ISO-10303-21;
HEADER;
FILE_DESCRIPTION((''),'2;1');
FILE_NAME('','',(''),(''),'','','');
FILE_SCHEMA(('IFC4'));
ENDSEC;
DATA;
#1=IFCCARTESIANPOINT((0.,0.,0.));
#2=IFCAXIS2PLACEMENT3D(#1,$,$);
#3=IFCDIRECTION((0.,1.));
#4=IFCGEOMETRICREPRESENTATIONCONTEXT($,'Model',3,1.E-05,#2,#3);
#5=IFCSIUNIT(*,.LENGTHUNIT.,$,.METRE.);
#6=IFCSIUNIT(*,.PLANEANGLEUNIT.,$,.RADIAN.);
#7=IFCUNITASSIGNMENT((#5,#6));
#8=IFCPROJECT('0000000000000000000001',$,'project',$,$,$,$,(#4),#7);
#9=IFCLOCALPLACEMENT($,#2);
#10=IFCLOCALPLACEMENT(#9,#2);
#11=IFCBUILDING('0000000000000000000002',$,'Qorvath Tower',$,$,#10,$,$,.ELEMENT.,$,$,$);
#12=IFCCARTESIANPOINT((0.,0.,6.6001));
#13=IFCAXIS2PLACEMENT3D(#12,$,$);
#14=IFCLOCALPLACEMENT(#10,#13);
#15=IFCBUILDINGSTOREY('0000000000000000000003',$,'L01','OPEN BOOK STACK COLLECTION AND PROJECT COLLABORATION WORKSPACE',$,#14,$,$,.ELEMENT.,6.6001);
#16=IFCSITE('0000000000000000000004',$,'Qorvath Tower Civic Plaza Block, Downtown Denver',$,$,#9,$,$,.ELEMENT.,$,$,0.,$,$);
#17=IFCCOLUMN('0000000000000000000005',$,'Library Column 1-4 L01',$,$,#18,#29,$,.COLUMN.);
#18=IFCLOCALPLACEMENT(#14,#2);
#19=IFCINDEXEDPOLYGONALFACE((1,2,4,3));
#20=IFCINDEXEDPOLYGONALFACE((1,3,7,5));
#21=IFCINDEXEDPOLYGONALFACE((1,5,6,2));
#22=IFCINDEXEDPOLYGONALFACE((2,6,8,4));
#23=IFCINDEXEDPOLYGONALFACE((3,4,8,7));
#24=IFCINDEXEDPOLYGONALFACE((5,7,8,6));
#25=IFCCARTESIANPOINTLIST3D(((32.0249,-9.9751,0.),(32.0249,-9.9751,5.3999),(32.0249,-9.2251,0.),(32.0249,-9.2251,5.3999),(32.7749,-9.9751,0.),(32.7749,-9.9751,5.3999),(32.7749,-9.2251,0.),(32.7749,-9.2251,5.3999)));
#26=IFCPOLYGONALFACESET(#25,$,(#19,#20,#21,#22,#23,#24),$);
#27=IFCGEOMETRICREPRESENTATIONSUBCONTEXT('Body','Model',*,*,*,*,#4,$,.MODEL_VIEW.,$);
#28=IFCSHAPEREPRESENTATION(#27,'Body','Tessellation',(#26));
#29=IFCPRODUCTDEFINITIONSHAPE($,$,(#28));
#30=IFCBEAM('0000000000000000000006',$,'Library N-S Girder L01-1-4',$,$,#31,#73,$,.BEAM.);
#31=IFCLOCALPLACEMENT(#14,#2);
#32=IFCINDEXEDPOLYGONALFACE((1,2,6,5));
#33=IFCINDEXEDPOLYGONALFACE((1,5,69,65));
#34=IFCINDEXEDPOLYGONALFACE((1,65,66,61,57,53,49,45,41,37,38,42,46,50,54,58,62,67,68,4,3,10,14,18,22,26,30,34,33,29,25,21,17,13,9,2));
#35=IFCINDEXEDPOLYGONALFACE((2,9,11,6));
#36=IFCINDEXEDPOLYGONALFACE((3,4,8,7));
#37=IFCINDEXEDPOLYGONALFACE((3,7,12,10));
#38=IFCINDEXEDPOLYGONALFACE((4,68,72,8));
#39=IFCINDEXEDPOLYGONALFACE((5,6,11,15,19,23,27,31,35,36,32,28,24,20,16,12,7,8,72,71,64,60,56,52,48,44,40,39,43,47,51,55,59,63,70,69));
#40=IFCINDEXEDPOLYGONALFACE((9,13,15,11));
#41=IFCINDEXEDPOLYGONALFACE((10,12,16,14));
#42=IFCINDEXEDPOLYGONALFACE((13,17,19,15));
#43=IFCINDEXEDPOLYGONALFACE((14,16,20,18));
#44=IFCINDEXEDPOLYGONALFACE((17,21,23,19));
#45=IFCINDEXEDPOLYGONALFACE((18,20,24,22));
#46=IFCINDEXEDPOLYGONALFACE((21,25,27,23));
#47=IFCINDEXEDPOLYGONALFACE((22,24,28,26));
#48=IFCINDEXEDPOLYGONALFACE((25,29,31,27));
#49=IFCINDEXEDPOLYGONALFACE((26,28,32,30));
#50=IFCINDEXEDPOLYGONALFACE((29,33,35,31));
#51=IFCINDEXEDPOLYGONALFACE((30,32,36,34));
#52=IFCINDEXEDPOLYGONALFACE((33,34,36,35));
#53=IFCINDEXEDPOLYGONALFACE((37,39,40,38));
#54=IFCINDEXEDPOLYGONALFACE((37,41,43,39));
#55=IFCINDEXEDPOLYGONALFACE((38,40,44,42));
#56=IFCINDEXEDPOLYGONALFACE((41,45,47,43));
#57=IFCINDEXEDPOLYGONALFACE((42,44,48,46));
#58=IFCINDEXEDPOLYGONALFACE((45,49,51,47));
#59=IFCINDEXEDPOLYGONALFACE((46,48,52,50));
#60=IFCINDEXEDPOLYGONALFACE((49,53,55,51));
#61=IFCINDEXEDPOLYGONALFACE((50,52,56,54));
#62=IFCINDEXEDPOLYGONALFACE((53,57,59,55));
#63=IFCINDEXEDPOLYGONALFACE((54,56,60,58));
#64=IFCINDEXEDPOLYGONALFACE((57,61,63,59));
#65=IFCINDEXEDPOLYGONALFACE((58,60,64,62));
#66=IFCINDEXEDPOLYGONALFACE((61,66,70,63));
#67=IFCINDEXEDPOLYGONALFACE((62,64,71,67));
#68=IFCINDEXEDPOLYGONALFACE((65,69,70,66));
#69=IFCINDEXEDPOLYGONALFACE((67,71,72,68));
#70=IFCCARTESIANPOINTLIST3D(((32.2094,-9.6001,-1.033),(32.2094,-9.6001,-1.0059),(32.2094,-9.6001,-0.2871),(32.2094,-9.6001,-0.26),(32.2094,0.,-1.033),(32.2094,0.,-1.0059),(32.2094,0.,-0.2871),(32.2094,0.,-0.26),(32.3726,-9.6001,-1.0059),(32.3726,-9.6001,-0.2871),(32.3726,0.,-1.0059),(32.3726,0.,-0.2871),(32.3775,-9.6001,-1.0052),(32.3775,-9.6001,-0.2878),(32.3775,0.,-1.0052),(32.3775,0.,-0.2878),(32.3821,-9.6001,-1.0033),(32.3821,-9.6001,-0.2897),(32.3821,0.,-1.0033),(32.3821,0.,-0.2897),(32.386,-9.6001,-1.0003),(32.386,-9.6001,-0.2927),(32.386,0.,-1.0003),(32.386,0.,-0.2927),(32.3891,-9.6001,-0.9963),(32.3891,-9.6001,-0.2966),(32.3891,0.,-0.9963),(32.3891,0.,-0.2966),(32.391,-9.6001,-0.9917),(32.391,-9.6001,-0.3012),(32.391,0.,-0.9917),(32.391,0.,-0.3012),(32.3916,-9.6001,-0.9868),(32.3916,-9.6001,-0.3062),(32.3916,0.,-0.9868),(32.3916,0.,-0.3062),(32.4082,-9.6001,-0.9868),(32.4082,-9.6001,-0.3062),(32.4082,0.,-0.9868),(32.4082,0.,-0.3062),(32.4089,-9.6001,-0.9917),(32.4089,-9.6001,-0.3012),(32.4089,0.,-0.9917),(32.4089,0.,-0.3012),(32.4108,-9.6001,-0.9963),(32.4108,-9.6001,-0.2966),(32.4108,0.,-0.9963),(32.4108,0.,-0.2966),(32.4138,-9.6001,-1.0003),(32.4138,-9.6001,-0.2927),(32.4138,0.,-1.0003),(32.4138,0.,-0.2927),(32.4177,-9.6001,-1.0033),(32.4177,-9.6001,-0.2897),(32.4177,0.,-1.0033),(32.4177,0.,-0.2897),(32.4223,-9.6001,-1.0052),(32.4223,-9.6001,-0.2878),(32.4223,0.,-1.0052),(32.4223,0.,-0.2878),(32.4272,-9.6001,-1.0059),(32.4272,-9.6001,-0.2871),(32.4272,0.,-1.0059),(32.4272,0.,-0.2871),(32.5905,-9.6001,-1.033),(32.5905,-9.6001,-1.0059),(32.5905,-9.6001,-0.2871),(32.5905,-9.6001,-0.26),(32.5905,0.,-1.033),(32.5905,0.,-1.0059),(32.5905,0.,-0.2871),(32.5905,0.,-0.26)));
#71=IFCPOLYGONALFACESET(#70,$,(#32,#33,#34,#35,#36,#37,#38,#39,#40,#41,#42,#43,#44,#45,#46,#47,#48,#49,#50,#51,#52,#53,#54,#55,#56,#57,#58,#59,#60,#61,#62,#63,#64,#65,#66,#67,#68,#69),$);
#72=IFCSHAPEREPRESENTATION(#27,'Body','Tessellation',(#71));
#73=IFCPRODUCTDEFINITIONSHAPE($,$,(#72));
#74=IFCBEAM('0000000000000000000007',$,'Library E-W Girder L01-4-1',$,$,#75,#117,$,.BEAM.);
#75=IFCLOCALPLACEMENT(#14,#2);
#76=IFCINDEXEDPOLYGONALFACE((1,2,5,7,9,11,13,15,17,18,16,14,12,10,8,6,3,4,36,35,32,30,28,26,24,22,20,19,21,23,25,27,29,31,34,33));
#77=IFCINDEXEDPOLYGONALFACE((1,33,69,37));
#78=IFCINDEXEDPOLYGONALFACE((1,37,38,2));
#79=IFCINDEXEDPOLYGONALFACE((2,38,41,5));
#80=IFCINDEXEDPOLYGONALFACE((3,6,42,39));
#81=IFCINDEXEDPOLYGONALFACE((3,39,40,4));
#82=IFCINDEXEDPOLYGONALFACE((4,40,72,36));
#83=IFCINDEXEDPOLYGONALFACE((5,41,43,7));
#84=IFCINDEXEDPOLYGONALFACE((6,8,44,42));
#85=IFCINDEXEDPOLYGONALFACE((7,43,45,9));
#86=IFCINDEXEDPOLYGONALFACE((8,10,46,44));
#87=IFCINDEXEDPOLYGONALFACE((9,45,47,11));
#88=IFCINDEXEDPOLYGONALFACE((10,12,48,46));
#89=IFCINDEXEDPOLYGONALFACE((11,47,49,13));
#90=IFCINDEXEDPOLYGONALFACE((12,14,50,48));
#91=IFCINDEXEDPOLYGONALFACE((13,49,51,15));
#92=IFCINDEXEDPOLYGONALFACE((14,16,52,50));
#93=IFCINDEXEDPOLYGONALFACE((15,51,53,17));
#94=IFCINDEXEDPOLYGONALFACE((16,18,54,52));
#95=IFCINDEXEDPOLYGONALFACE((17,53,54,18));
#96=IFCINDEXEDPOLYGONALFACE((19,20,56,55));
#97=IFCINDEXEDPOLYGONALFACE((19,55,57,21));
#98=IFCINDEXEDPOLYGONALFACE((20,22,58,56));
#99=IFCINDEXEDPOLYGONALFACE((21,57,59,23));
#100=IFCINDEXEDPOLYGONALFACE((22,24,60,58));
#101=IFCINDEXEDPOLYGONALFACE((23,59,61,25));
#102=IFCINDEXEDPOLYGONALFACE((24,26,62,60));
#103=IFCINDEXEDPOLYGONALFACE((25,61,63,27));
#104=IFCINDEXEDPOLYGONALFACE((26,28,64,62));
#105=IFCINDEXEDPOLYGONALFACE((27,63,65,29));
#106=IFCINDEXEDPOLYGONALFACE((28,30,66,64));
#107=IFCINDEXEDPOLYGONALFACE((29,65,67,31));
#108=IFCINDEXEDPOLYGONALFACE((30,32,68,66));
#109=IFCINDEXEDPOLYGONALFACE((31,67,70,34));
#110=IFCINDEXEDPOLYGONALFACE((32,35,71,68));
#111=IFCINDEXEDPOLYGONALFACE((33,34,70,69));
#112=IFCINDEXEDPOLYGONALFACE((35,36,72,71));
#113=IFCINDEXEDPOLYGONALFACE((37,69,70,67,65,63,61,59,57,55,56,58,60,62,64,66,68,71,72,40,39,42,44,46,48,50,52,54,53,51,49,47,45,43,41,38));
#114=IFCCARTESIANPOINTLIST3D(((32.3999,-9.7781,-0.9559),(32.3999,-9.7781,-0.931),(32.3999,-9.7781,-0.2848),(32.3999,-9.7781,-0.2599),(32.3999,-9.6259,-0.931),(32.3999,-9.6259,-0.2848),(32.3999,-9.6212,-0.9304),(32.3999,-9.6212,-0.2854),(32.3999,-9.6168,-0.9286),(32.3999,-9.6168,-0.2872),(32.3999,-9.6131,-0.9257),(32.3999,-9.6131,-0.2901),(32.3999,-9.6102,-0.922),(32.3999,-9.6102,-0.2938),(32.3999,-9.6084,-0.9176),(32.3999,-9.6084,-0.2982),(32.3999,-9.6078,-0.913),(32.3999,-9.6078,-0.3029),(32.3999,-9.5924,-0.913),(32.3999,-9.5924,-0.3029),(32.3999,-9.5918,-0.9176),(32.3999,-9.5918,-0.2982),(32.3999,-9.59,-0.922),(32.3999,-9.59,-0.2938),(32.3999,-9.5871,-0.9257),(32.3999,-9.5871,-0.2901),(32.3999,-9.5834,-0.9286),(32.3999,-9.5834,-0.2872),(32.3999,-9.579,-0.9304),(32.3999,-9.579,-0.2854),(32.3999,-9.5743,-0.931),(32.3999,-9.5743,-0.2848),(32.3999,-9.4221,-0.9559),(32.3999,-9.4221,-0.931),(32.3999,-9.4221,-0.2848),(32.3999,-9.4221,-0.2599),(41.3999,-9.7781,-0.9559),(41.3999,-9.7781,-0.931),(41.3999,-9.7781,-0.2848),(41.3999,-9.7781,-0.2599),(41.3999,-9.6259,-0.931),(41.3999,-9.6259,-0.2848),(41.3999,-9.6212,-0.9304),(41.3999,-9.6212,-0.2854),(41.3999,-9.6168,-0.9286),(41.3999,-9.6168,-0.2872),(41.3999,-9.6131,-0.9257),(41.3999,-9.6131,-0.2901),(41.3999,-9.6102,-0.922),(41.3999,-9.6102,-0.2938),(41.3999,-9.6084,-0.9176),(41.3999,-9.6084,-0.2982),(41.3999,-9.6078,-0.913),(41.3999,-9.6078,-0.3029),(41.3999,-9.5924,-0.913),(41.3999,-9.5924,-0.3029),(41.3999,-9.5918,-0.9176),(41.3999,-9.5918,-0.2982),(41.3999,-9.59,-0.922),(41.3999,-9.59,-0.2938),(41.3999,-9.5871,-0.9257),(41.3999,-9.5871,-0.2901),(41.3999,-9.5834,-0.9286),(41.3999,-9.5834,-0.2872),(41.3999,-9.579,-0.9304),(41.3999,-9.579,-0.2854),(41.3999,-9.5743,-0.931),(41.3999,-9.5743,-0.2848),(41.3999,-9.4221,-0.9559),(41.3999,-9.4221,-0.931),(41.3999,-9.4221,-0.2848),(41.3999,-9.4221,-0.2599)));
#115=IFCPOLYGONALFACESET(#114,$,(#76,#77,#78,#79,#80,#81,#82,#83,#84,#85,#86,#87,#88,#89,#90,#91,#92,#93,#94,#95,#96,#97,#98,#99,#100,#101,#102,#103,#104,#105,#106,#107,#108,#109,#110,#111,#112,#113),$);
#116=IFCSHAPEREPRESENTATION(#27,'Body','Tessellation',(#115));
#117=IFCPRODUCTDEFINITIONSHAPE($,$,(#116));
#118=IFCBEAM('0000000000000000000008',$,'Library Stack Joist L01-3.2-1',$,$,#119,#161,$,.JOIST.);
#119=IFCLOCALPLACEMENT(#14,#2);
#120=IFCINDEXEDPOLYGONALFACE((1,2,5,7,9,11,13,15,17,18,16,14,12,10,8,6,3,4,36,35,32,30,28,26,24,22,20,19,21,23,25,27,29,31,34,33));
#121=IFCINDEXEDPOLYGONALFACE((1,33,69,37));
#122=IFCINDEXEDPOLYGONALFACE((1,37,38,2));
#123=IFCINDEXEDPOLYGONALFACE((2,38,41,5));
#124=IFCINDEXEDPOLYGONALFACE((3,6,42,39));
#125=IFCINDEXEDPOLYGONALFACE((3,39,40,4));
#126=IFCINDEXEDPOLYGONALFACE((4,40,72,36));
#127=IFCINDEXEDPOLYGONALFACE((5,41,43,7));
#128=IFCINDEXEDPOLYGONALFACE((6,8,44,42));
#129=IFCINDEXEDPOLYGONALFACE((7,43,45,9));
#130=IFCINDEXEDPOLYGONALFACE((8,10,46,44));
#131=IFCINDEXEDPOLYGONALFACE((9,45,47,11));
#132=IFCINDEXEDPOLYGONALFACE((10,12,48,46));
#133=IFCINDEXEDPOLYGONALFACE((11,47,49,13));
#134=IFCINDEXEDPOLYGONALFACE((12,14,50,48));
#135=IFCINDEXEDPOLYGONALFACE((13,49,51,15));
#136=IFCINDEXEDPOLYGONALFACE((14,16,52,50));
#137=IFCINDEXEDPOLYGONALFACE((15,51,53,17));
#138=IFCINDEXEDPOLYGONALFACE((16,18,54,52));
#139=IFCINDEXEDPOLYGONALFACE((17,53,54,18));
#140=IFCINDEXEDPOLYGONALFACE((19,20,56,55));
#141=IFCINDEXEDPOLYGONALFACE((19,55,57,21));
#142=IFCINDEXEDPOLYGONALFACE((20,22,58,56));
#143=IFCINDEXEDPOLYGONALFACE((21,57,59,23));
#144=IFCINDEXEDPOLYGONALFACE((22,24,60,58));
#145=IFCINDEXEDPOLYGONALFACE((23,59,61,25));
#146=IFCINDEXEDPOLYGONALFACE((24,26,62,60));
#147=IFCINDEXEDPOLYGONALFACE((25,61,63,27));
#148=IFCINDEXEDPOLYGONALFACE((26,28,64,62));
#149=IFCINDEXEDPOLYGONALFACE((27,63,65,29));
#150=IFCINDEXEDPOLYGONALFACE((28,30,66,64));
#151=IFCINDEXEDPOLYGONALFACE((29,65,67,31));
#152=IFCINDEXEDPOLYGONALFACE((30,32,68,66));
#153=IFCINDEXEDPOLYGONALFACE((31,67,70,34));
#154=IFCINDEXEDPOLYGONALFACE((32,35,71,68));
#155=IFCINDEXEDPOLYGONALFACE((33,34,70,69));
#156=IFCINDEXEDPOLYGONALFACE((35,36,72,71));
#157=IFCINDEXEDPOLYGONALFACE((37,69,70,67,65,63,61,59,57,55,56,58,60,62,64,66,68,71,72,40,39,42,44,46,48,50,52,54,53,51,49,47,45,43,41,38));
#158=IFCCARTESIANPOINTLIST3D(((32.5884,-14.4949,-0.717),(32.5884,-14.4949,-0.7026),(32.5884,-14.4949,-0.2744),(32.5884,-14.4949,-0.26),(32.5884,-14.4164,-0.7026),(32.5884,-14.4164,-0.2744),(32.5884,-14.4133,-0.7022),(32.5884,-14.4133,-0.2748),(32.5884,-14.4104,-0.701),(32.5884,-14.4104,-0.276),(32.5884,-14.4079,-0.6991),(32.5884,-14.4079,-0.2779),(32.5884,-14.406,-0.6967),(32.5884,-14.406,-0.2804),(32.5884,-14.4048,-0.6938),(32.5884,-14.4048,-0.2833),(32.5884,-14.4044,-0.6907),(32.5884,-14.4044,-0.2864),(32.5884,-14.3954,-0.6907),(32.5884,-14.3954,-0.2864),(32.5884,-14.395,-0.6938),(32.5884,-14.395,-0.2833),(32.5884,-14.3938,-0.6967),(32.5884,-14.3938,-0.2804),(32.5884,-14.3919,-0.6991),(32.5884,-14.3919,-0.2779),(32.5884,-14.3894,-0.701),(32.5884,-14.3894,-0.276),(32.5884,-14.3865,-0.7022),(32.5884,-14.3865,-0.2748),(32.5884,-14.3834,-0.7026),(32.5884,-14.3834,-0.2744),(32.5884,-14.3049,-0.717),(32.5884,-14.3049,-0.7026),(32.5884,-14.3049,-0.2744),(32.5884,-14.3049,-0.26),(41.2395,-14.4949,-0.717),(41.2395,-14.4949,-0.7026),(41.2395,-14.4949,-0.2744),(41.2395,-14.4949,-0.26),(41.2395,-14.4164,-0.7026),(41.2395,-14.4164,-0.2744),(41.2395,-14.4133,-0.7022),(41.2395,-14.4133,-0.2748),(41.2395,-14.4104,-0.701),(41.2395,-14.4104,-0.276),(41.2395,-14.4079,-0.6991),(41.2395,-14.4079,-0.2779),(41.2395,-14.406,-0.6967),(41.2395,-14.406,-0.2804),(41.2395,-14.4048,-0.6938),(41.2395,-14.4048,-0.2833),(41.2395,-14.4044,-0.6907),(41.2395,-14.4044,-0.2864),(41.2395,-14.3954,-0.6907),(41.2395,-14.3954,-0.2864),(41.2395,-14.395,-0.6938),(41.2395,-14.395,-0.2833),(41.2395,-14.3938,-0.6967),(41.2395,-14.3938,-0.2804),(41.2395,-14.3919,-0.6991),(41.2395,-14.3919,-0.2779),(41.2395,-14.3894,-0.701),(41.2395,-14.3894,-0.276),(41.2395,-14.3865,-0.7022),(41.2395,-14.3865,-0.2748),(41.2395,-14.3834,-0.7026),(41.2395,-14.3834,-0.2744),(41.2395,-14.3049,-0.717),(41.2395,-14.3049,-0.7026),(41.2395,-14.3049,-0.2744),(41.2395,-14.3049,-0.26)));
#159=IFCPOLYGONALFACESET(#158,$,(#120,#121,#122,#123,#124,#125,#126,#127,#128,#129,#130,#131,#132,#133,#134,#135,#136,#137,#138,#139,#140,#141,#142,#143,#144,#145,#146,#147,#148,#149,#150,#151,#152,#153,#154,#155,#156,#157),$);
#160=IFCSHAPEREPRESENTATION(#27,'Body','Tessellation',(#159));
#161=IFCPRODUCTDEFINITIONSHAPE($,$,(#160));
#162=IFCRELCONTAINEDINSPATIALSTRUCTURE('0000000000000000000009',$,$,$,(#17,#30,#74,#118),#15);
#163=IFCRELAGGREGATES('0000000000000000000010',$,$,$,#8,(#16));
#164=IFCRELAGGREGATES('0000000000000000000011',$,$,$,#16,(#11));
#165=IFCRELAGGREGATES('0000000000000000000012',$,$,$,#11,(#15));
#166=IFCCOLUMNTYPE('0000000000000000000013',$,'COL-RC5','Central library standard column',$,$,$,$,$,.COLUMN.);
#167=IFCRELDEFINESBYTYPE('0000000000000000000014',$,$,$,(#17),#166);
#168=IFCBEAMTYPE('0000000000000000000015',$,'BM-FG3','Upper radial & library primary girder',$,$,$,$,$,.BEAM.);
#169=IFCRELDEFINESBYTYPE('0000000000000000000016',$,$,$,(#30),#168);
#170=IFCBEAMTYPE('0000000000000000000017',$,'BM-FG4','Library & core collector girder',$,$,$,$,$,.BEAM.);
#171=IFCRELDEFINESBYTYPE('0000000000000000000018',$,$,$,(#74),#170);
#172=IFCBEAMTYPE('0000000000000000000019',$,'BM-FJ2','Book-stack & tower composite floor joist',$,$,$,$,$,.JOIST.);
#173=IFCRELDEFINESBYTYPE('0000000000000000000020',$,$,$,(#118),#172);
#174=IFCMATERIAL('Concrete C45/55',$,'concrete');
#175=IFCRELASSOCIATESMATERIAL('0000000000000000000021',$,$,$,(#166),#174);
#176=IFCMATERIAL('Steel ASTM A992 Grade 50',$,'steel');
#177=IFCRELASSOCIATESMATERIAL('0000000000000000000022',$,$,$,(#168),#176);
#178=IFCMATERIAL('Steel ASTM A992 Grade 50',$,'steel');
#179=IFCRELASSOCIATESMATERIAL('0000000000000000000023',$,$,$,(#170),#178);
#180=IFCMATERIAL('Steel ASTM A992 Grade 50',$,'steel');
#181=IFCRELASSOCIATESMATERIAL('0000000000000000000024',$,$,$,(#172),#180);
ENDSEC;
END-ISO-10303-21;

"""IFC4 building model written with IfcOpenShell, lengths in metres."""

from ifc_helpers import new_model, si_unit, direction, frame, origin, origin_2d, place, context, subcontext, project, spatial, rectangle, i_section, extrude, material, material_profile, profile_set, type_object, element, save


model = new_model("IFC4")

# Units and contexts
model_context = context("Model", 3, precision=1e-05, world=origin(), true_north=direction((0.0, 1.0)))
body_context = subcontext(model_context, "Body", "Model", "MODEL_VIEW")
ifc_project = project(units=[si_unit("LENGTHUNIT", "METRE"), si_unit("PLANEANGLEUNIT", "RADIAN")], contexts=[model_context])

# Site, building, storey
site_placement = place(None, origin())
site = spatial("IfcSite", under=ifc_project, at=site_placement, Name="Qorvath Tower Civic Plaza Block, Downtown Denver", CompositionType="ELEMENT", RefElevation=0.0)
building_placement = place(site_placement, origin())
building = spatial("IfcBuilding", under=site, at=building_placement, Name="Qorvath Tower", CompositionType="ELEMENT")
storey_placement = place(building_placement, frame((0.0, 0.0, 6.6001)))
storey = spatial("IfcBuildingStorey", under=building, at=storey_placement, Name="L01", Description="OPEN BOOK STACK COLLECTION AND PROJECT COLLABORATION WORKSPACE", CompositionType="ELEMENT", Elevation=6.6001)

# Column
ifc_material_1 = material(Name="Concrete C45/55", Category="concrete")
ifc_material_profile_1 = material_profile(ifc_material_1, rectangle(XDim=0.75, YDim=0.75, at=origin_2d()), Name="RC 750x750")
ifc_profile_set_1 = profile_set([ifc_material_profile_1], Name="Concrete C45/55")
column_type = type_object("IfcColumnType", Name="COL-RC5", Description="Central library standard column", PredefinedType="COLUMN", material=ifc_profile_set_1)
column_placement = place(storey_placement, frame((32.3999, -9.6001, 0.0), z_axis=(0.0, 0.0, 1.0), x_axis=(1.0, 0.0, 0.0)))
element("IfcColumn", 1, at=column_placement, inside=storey, type_object=column_type, Name="Library Column 1-4 L01", PredefinedType="COLUMN", context=body_context, shape_type="SweptSolid", body=[
    extrude(rectangle(XDim=0.75, YDim=0.75, at=origin_2d()), origin(), (0.0, 0.0, 1.0), 5.3999),
])

# Beams
ifc_material_2 = material(Name="Steel ASTM A992 Grade 50", Category="steel")
ifc_material_profile_2 = material_profile(ifc_material_2, i_section(OverallWidth=0.3811, OverallDepth=0.7729, WebThickness=0.0166, FlangeThickness=0.0271, FilletRadius=0.019, at=origin_2d()), Name="W30x173")
ifc_profile_set_2 = profile_set([ifc_material_profile_2], Name="Steel ASTM A992 Grade 50")
beam_type_1 = type_object("IfcBeamType", Name="BM-FG3", Description="Upper radial & library primary girder", PredefinedType="BEAM", material=ifc_profile_set_2)
beam_1_placement = place(storey_placement, frame((32.3999, -9.6001, -0.6465), z_axis=(0.0, 1.0, 0.0), x_axis=(-1.0, 0.0, 0.0)))
element("IfcBeam", 2, at=beam_1_placement, inside=storey, type_object=beam_type_1, Name="Library N-S Girder L01-1-4", PredefinedType="BEAM", context=body_context, shape_type="SweptSolid", body=[
    extrude(i_section(OverallWidth=0.3811, OverallDepth=0.7729, WebThickness=0.0166, FlangeThickness=0.0271, FilletRadius=0.019, at=origin_2d()), origin(), (0.0, 0.0, 1.0), 9.6001),
])
ifc_material_3 = material(Name="Steel ASTM A992 Grade 50", Category="steel")
ifc_material_profile_3 = material_profile(ifc_material_3, i_section(OverallWidth=0.356, OverallDepth=0.696, WebThickness=0.0154, FlangeThickness=0.0249, FilletRadius=0.0181, at=origin_2d()), Name="W27x146")
ifc_profile_set_3 = profile_set([ifc_material_profile_3], Name="Steel ASTM A992 Grade 50")
beam_type_2 = type_object("IfcBeamType", Name="BM-FG4", Description="Library & core collector girder", PredefinedType="BEAM", material=ifc_profile_set_3)
beam_2_placement = place(storey_placement, frame((32.3999, -9.6001, -0.6079), z_axis=(1.0, 0.0, 0.0), x_axis=(0.0, 1.0, 0.0)))
element("IfcBeam", 3, at=beam_2_placement, inside=storey, type_object=beam_type_2, Name="Library E-W Girder L01-4-1", PredefinedType="BEAM", context=body_context, shape_type="SweptSolid", body=[
    extrude(i_section(OverallWidth=0.356, OverallDepth=0.696, WebThickness=0.0154, FlangeThickness=0.0249, FilletRadius=0.0181, at=origin_2d()), origin(), (0.0, 0.0, 1.0), 9.0),
])
ifc_material_4 = material(Name="Steel ASTM A992 Grade 50", Category="steel")
ifc_material_profile_4 = material_profile(ifc_material_4, i_section(OverallWidth=0.1899, OverallDepth=0.457, WebThickness=0.009, FlangeThickness=0.0144, FilletRadius=0.012, at=origin_2d()), Name="W18x50")
ifc_profile_set_4 = profile_set([ifc_material_profile_4], Name="Steel ASTM A992 Grade 50")
beam_type_3 = type_object("IfcBeamType", Name="BM-FJ2", Description="Book-stack & tower composite floor joist", PredefinedType="JOIST", material=ifc_profile_set_4)
for number, where, z_axis, x_axis, name in (
    (4, (32.5884, -14.3999, -0.4885), (1.0, 0.0, 0.0), (0.0, 1.0, 0.0), "Library Stack Joist L01-3.2-1"),
):
    element("IfcBeam", number, at=place(storey_placement, frame(where, z_axis=z_axis, x_axis=x_axis)), inside=storey, type_object=beam_type_3, Name=name, PredefinedType="JOIST", context=body_context, shape_type="SweptSolid", body=[
        extrude(i_section(OverallWidth=0.1899, OverallDepth=0.457, WebThickness=0.009, FlangeThickness=0.0144, FilletRadius=0.012, at=origin_2d()), origin(), (0.0, 0.0, 1.0), 8.6511),
    ])

save(model, "model.ifc")
